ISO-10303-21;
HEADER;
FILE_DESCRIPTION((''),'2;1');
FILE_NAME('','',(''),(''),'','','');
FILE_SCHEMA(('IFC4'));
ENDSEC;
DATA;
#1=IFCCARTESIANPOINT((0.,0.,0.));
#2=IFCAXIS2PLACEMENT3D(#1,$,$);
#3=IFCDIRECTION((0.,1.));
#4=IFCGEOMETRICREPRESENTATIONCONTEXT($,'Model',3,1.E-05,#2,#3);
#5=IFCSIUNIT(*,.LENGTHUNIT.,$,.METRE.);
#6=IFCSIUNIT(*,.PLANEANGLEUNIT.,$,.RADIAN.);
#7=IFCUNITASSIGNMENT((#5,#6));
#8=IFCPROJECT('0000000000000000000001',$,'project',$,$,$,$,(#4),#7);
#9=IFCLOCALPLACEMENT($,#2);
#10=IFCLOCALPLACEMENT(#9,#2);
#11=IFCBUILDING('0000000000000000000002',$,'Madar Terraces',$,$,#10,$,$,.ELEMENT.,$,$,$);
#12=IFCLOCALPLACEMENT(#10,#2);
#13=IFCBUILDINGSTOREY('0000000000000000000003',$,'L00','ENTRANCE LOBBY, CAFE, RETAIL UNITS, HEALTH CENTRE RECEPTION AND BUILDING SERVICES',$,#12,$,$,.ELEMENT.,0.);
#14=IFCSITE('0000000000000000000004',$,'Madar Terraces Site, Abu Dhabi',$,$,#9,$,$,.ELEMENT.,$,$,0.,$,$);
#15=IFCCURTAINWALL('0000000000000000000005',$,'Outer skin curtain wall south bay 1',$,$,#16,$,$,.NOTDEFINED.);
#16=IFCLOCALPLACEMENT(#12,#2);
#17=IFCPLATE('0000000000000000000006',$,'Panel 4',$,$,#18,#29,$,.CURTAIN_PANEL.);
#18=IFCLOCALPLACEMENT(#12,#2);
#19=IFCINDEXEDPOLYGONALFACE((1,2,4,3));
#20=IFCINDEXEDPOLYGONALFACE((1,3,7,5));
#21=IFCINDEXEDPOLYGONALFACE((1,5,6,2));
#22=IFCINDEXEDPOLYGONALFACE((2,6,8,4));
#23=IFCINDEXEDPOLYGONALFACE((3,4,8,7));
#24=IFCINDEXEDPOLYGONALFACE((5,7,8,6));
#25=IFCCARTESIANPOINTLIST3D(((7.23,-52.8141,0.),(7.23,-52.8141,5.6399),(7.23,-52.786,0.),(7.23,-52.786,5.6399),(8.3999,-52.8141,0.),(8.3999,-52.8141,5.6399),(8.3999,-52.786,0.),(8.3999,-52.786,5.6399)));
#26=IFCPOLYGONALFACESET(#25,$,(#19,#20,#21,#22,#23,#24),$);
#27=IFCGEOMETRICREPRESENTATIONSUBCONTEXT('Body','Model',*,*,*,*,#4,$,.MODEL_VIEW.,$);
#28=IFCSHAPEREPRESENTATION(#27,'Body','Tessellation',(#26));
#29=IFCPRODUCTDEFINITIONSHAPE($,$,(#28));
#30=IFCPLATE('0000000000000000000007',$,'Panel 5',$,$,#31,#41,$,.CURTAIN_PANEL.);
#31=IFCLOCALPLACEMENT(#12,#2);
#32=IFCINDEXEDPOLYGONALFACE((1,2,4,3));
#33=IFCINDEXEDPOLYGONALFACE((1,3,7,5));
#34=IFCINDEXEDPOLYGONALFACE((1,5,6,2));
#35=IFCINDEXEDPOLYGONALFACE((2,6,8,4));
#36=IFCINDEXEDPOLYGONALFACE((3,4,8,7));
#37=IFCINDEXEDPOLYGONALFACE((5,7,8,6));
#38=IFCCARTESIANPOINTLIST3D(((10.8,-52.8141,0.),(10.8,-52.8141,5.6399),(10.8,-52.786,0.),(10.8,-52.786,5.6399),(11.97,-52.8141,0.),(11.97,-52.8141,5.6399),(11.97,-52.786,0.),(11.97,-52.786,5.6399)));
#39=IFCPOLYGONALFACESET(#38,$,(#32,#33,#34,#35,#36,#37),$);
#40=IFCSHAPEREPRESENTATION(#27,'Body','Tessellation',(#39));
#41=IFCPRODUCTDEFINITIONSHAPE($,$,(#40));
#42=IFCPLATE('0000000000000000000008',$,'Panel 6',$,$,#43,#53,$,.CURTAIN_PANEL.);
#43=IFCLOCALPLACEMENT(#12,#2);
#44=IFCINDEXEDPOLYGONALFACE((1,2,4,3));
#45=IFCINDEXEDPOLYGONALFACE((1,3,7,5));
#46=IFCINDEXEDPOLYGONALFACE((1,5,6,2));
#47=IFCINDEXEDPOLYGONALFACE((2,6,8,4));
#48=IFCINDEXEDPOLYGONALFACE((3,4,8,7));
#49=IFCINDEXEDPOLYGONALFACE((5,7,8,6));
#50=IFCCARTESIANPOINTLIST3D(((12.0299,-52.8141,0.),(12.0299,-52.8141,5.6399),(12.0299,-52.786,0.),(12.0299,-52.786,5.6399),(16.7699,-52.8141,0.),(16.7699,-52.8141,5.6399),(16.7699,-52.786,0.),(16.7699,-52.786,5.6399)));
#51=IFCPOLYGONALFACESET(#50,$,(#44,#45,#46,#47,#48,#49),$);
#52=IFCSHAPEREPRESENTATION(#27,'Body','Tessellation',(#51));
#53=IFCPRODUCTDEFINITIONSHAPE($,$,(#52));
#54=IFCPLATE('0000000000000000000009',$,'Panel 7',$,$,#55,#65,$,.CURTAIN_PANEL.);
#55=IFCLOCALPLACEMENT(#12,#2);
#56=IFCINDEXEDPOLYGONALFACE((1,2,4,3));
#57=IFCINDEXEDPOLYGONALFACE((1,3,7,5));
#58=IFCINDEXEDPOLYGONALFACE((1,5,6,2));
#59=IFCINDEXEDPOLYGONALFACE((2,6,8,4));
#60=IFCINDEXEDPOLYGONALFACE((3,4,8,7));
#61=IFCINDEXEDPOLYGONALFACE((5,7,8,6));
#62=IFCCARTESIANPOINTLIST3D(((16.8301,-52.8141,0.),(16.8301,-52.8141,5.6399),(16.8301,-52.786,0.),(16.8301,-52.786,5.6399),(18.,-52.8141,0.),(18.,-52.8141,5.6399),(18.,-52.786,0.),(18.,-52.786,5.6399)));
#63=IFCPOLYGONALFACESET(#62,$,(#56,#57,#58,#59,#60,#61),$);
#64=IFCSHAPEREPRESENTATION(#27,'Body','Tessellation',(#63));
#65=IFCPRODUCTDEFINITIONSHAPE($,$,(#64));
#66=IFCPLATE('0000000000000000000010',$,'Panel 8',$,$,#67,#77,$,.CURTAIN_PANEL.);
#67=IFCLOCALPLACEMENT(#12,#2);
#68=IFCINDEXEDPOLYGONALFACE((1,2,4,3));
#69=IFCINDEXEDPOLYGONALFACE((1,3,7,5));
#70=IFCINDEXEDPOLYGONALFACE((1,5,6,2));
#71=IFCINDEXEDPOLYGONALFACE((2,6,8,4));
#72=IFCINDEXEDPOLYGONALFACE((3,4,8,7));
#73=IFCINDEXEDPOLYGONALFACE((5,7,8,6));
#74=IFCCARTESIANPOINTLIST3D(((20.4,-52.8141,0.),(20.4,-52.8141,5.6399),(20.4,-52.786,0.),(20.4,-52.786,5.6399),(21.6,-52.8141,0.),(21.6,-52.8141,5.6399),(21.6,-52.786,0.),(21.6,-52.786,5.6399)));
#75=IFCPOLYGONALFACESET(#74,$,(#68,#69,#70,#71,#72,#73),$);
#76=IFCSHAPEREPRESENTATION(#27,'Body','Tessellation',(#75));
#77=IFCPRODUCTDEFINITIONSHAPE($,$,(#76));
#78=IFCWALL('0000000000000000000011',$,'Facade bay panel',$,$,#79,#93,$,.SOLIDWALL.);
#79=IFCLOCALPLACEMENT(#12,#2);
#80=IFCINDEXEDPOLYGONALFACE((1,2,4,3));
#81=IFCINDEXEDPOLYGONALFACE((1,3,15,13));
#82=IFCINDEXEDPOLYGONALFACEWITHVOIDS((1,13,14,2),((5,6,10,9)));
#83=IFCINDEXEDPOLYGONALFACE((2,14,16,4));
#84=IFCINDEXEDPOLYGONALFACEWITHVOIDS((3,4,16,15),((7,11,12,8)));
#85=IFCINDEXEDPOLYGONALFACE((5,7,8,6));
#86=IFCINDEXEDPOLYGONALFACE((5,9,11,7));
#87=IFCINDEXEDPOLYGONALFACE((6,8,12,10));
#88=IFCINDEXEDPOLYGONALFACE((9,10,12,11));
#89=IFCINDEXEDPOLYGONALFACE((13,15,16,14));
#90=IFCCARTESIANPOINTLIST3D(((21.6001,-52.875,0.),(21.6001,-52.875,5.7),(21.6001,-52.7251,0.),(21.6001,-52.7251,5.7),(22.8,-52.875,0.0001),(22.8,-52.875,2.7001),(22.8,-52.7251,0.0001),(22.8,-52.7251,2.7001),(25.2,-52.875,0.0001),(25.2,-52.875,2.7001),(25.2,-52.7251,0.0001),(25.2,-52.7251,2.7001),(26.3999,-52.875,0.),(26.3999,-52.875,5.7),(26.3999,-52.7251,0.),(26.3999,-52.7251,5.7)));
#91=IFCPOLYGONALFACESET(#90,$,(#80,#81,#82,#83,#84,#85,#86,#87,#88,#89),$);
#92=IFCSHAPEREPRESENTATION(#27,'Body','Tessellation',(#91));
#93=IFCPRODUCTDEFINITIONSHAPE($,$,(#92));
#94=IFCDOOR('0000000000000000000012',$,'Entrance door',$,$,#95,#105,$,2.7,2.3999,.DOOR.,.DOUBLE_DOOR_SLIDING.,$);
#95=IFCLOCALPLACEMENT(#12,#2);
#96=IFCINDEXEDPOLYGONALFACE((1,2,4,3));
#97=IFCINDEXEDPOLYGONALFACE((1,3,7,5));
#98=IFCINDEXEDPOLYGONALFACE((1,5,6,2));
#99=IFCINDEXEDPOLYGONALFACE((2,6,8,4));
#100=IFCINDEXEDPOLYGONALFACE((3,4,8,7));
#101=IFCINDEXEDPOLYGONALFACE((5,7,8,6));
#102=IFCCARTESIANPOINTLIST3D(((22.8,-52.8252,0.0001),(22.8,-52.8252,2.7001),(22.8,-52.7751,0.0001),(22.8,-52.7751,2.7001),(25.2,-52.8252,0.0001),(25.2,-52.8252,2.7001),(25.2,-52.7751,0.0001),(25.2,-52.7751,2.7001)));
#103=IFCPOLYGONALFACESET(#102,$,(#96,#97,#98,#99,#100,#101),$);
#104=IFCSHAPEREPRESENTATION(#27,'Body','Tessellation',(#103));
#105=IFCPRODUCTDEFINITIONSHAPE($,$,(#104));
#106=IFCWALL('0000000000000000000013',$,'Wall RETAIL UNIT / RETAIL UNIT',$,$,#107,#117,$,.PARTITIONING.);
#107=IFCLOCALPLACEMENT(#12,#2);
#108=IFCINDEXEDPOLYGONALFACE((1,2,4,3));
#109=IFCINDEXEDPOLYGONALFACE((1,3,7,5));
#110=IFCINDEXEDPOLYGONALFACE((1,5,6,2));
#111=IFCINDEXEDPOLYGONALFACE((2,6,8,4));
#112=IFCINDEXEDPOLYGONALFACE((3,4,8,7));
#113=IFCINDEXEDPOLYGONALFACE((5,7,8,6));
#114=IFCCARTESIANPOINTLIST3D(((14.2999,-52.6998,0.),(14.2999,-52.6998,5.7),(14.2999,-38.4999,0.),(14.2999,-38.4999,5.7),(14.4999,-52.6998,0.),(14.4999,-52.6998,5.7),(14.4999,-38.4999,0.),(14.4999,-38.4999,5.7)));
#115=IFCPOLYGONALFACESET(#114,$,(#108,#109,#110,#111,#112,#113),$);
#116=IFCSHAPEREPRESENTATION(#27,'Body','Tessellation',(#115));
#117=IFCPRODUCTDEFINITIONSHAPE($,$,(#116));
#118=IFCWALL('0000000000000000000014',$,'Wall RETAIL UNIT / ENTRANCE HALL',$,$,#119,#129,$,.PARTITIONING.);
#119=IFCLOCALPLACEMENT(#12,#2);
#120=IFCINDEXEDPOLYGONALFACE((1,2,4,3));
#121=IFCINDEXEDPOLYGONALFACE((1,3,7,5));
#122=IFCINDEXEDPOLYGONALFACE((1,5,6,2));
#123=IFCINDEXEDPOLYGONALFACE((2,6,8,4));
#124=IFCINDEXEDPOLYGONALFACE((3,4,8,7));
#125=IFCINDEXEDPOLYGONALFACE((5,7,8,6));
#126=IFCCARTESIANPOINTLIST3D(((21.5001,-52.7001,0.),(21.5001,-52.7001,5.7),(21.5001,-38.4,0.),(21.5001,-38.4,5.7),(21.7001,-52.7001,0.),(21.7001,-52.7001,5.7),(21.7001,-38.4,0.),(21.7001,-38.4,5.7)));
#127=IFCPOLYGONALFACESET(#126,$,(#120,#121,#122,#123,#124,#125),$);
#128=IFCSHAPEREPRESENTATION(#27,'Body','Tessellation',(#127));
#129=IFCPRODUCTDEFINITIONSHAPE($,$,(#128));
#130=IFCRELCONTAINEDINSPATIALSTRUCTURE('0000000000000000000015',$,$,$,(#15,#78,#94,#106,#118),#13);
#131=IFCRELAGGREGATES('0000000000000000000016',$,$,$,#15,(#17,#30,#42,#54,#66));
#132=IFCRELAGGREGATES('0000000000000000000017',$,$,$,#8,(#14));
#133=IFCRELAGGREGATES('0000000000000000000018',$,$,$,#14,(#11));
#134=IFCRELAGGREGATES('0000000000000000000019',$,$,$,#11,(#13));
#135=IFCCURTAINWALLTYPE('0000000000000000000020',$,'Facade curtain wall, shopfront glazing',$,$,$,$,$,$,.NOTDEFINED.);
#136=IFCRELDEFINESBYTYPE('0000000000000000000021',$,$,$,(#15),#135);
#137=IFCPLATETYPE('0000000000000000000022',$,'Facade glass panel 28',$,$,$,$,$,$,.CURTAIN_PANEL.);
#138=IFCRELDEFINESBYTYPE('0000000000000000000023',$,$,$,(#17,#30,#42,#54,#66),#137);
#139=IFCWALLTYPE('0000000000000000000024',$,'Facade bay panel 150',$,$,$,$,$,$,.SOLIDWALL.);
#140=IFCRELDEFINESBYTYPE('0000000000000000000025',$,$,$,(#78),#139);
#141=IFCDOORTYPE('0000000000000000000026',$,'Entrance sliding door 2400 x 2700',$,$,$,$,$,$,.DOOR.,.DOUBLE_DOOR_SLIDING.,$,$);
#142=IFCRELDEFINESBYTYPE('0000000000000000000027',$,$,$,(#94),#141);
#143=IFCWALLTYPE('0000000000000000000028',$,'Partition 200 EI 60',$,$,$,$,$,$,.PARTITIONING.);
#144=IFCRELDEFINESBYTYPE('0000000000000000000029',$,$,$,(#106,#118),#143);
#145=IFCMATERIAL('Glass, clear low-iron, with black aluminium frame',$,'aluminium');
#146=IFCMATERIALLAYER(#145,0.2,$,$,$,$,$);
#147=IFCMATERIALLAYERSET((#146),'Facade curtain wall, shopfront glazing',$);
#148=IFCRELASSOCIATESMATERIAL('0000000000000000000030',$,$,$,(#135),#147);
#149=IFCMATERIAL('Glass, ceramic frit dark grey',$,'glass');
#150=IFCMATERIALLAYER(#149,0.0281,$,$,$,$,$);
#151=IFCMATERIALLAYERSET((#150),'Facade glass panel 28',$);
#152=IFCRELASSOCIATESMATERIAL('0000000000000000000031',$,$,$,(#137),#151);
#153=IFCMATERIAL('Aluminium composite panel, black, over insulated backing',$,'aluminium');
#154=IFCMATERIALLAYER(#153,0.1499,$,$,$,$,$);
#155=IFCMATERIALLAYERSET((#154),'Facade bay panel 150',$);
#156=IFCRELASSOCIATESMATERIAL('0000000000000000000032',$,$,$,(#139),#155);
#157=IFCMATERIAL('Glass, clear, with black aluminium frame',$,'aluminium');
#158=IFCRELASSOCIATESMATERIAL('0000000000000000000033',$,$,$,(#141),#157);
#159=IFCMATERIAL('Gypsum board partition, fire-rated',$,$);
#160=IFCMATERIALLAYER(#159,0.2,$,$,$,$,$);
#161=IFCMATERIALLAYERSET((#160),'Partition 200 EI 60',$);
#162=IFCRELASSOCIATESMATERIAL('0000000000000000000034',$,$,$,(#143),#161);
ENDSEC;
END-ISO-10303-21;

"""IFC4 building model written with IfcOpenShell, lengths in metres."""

from ifc_helpers import new_model, si_unit, direction, frame, frame_2d, origin, origin_2d, place, context, subcontext, project, spatial, rectangle, extrude, material, layer, layer_set, type_object, element, fill, aggregate, save


model = new_model("IFC4")

# Units and contexts
model_context = context("Model", 3, precision=1e-05, world=origin(), true_north=direction((0.0, 1.0)))
body_context = subcontext(model_context, "Body", "Model", "MODEL_VIEW")
ifc_project = project(units=[si_unit("LENGTHUNIT", "METRE"), si_unit("PLANEANGLEUNIT", "RADIAN")], contexts=[model_context])

# Site, building, storey
site_placement = place(None, origin())
site = spatial("IfcSite", under=ifc_project, at=site_placement, Name="Madar Terraces Site, Abu Dhabi", CompositionType="ELEMENT", RefElevation=0.0)
building_placement = place(site_placement, origin())
building = spatial("IfcBuilding", under=site, at=building_placement, Name="Madar Terraces", CompositionType="ELEMENT")
storey_placement = place(building_placement, origin())
storey = spatial("IfcBuildingStorey", under=building, at=storey_placement, Name="L00", Description="ENTRANCE LOBBY, CAFE, RETAIL UNITS, HEALTH CENTRE RECEPTION AND BUILDING SERVICES", CompositionType="ELEMENT", Elevation=0.0)

# Curtain wall, plates
ifc_material_1 = material(Name="Glass, clear low-iron, with black aluminium frame", Category="aluminium")
ifc_layer_1 = layer(ifc_material_1, 0.2)
ifc_layer_set_1 = layer_set([ifc_layer_1], Name="Facade curtain wall, shopfront glazing")
curtain_wall_type = type_object("IfcCurtainWallType", Name="Facade curtain wall, shopfront glazing", PredefinedType="NOTDEFINED", material=ifc_layer_set_1)
curtain_wall_placement = place(storey_placement, origin())
curtain_wall = element("IfcCurtainWall", 1, at=curtain_wall_placement, inside=storey, type_object=curtain_wall_type, Name="Outer skin curtain wall south bay 1", PredefinedType="NOTDEFINED")
ifc_material_2 = material(Name="Glass, ceramic frit dark grey", Category="glass")
ifc_layer_2 = layer(ifc_material_2, 0.0281)
ifc_layer_set_2 = layer_set([ifc_layer_2], Name="Facade glass panel 28")
plate_type = type_object("IfcPlateType", Name="Facade glass panel 28", PredefinedType="CURTAIN_PANEL", material=ifc_layer_set_2)
plate_1_placement = place(storey_placement, frame((7.8149, -52.8, 0.0), z_axis=(0.0, 0.0, 1.0), x_axis=(1.0, 0.0, 0.0)))
plate_1 = element("IfcPlate", 2, at=plate_1_placement, type_object=plate_type, Name="Panel 4", PredefinedType="CURTAIN_PANEL", context=body_context, shape_type="SweptSolid", body=[
    extrude(rectangle(XDim=1.1699, YDim=0.0281, at=origin_2d()), origin(), (0.0, 0.0, 1.0), 5.6399),
])
plate_2_placement = place(storey_placement, frame((11.385, -52.8, 0.0), z_axis=(0.0, 0.0, 1.0), x_axis=(1.0, 0.0, 0.0)))
plate_2 = element("IfcPlate", 3, at=plate_2_placement, type_object=plate_type, Name="Panel 5", PredefinedType="CURTAIN_PANEL", context=body_context, shape_type="SweptSolid", body=[
    extrude(rectangle(XDim=1.1699, YDim=0.0281, at=origin_2d()), origin(), (0.0, 0.0, 1.0), 5.6399),
])
plate_3_placement = place(storey_placement, frame((14.3999, -52.8, 0.0), z_axis=(0.0, 0.0, 1.0), x_axis=(1.0, 0.0, 0.0)))
plate_3 = element("IfcPlate", 4, at=plate_3_placement, type_object=plate_type, Name="Panel 6", PredefinedType="CURTAIN_PANEL", context=body_context, shape_type="SweptSolid", body=[
    extrude(rectangle(XDim=4.74, YDim=0.0281, at=origin_2d()), origin(), (0.0, 0.0, 1.0), 5.6399),
])
plate_4_placement = place(storey_placement, frame((17.415, -52.8, 0.0), z_axis=(0.0, 0.0, 1.0), x_axis=(1.0, 0.0, 0.0)))
plate_4 = element("IfcPlate", 5, at=plate_4_placement, type_object=plate_type, Name="Panel 7", PredefinedType="CURTAIN_PANEL", context=body_context, shape_type="SweptSolid", body=[
    extrude(rectangle(XDim=1.1699, YDim=0.0281, at=origin_2d()), origin(), (0.0, 0.0, 1.0), 5.6399),
])
plate_5_placement = place(storey_placement, frame((21.0, -52.8, 0.0), z_axis=(0.0, 0.0, 1.0), x_axis=(1.0, 0.0, 0.0)))
plate_5 = element("IfcPlate", 6, at=plate_5_placement, type_object=plate_type, Name="Panel 8", PredefinedType="CURTAIN_PANEL", context=body_context, shape_type="SweptSolid", body=[
    extrude(rectangle(XDim=1.2, YDim=0.0281, at=origin_2d()), origin(), (0.0, 0.0, 1.0), 5.6399),
])
aggregate(curtain_wall, [plate_1, plate_2, plate_3, plate_4, plate_5])

# Wall, opening, door
ifc_material_3 = material(Name="Aluminium composite panel, black, over insulated backing", Category="aluminium")
ifc_layer_3 = layer(ifc_material_3, 0.1499)
ifc_layer_set_3 = layer_set([ifc_layer_3], Name="Facade bay panel 150")
wall_type_1 = type_object("IfcWallType", Name="Facade bay panel 150", PredefinedType="SOLIDWALL", material=ifc_layer_set_3)
wall_1_placement = place(storey_placement, frame((21.6001, -52.8, 0.0), z_axis=(0.0, 0.0, 1.0), x_axis=(1.0, 0.0, 0.0)))
wall_1 = element("IfcWall", 7, at=wall_1_placement, inside=storey, type_object=wall_type_1, Name="Facade bay panel", PredefinedType="SOLIDWALL", context=body_context, shape_type="SweptSolid", body=[
    extrude(rectangle(XDim=4.7998, YDim=0.1499, at=frame_2d((2.3999, 0.0))), origin(), (0.0, 0.0, 1.0), 5.7),
])
opening_1_placement = place(wall_1_placement, frame((1.2, 0.0, 0.0)))
opening_1 = element("IfcOpeningElement", 8, at=opening_1_placement, cuts=wall_1, PredefinedType="OPENING", context=body_context, shape_type="SweptSolid", body=[
    extrude(rectangle(XDim=2.3999, YDim=2.7, at=frame_2d((1.2, 1.3501))), frame((0.0, 0.085, 0.0), z_axis=(0.0, -1.0, 0.0), x_axis=(1.0, 0.0, 0.0)), (0.0, 0.0, 1.0), 0.1699),
])
ifc_material_4 = material(Name="Glass, clear, with black aluminium frame", Category="aluminium")
door_type_1 = type_object("IfcDoorType", Name="Entrance sliding door 2400 x 2700", OperationType="DOUBLE_DOOR_SLIDING", PredefinedType="DOOR", material=ifc_material_4)
door_1_placement = place(opening_1_placement, origin())
door_1 = element("IfcDoor", 9, at=door_1_placement, inside=storey, type_object=door_type_1, Name="Entrance door", OperationType="DOUBLE_DOOR_SLIDING", OverallHeight=2.7, OverallWidth=2.3999, PredefinedType="DOOR", context=body_context, shape_type="SweptSolid", body=[
    extrude(rectangle(XDim=2.3999, YDim=2.7, at=frame_2d((1.2, 1.3501))), frame((0.0, 0.0249, 0.0), z_axis=(0.0, -1.0, 0.0), x_axis=(1.0, 0.0, 0.0)), (0.0, 0.0, 1.0), 0.05),
])
fill(opening_1, door_1)

# Walls
ifc_material_5 = material(Name="Gypsum board partition, fire-rated")
ifc_layer_4 = layer(ifc_material_5, 0.2)
ifc_layer_set_4 = layer_set([ifc_layer_4], Name="Partition 200 EI 60")
wall_type_2 = type_object("IfcWallType", Name="Partition 200 EI 60", PredefinedType="PARTITIONING", material=ifc_layer_set_4)
wall_2_placement = place(storey_placement, frame((14.3999, -52.7, 0.0), z_axis=(0.0, 0.0, 1.0), x_axis=(0.0, 1.0, 0.0)))
element("IfcWall", 10, at=wall_2_placement, inside=storey, type_object=wall_type_2, Name="Wall RETAIL UNIT / RETAIL UNIT", PredefinedType="PARTITIONING", context=body_context, shape_type="SweptSolid", body=[
    extrude(rectangle(XDim=14.2, YDim=0.2, at=frame_2d((7.1001, 0.0))), origin(), (0.0, 0.0, 1.0), 5.7),
])
wall_3_placement = place(storey_placement, frame((21.6001, -52.7, 0.0), z_axis=(0.0, 0.0, 1.0), x_axis=(0.0, 1.0, 0.0)))
element("IfcWall", 11, at=wall_3_placement, inside=storey, type_object=wall_type_2, Name="Wall RETAIL UNIT / ENTRANCE HALL", PredefinedType="PARTITIONING", context=body_context, shape_type="SweptSolid", body=[
    extrude(rectangle(XDim=14.3, YDim=0.2, at=frame_2d((7.1499, 0.0))), origin(), (0.0, 0.0, 1.0), 5.7),
])

save(model, "model.ifc")
